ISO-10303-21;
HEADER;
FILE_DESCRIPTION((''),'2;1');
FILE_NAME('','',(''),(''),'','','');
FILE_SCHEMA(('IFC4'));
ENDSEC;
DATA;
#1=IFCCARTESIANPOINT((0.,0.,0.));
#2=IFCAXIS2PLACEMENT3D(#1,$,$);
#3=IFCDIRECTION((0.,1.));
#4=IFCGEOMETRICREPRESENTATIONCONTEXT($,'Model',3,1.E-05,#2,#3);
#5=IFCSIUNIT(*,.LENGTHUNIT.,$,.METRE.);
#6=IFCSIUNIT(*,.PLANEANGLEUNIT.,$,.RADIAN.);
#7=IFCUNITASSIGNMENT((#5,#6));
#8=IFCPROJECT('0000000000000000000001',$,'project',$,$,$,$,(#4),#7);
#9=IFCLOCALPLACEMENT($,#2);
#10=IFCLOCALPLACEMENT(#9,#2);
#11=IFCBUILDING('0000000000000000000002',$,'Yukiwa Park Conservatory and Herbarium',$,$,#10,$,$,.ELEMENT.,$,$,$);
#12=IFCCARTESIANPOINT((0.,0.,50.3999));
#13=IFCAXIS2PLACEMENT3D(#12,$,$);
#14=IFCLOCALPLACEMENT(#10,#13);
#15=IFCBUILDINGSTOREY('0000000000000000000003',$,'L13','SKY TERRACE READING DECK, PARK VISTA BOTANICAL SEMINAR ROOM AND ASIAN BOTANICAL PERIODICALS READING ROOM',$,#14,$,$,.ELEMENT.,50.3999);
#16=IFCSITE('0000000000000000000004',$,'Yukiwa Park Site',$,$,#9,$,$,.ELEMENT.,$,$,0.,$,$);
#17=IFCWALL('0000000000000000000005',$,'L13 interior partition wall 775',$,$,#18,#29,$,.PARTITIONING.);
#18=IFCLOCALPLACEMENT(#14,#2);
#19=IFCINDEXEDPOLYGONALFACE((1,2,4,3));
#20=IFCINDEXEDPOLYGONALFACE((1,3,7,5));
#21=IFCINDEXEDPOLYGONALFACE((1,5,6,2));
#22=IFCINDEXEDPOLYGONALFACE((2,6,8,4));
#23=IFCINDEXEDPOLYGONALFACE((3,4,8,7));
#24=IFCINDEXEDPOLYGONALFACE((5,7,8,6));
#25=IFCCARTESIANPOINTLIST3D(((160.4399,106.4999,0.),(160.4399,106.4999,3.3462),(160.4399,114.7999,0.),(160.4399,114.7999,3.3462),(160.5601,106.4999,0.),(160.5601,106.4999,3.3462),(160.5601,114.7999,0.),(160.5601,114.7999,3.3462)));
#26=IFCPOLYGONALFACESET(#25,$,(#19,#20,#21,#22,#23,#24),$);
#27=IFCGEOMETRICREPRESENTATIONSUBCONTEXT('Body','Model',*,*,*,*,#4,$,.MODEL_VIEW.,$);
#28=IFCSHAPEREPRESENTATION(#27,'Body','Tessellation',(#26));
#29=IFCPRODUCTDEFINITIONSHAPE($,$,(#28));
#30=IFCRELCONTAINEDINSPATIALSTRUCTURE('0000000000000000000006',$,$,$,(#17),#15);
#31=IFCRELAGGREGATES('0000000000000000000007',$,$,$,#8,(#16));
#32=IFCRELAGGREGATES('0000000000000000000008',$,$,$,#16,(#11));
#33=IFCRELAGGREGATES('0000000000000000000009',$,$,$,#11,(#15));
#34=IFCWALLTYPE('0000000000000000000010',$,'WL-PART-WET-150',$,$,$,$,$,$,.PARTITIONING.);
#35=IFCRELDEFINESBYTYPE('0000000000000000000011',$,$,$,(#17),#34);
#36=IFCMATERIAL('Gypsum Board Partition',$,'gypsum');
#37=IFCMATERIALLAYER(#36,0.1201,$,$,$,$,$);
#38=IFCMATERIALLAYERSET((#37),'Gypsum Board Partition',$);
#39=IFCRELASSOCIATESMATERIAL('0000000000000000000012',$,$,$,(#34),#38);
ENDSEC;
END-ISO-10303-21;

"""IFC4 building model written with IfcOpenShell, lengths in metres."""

from ifc_helpers import new_model, si_unit, direction, frame, frame_2d, origin, place, context, subcontext, project, spatial, rectangle, extrude, material, layer, layer_set, type_object, element, save


model = new_model("IFC4")

# Units and contexts
model_context = context("Model", 3, precision=1e-05, world=origin(), true_north=direction((0.0, 1.0)))
body_context = subcontext(model_context, "Body", "Model", "MODEL_VIEW")
ifc_project = project(units=[si_unit("LENGTHUNIT", "METRE"), si_unit("PLANEANGLEUNIT", "RADIAN")], contexts=[model_context])

# Site, building, storey
site_placement = place(None, origin())
site = spatial("IfcSite", under=ifc_project, at=site_placement, Name="Yukiwa Park Site", CompositionType="ELEMENT", RefElevation=0.0)
building_placement = place(site_placement, origin())
building = spatial("IfcBuilding", under=site, at=building_placement, Name="Yukiwa Park Conservatory and Herbarium", CompositionType="ELEMENT")
storey_placement = place(building_placement, frame((0.0, 0.0, 50.3999)))
storey = spatial("IfcBuildingStorey", under=building, at=storey_placement, Name="L13", Description="SKY TERRACE READING DECK, PARK VISTA BOTANICAL SEMINAR ROOM AND ASIAN BOTANICAL PERIODICALS READING ROOM", CompositionType="ELEMENT", Elevation=50.3999)

# Shared definitions
ifc_material_1 = material(Name="Gypsum Board Partition", Category="gypsum")
ifc_layer_1 = layer(ifc_material_1, 0.1201)
ifc_layer_set_1 = layer_set([ifc_layer_1], Name="Gypsum Board Partition")
wall_type_1 = type_object("IfcWallType", Name="WL-PART-WET-150", PredefinedType="PARTITIONING", material=ifc_layer_set_1)

# Wall
wall_1_placement = place(storey_placement, frame((160.5, 106.5, 0.0), z_axis=(0.0, 0.0, 1.0), x_axis=(0.0, 1.0, 0.0)))
element("IfcWall", 1, at=wall_1_placement, inside=storey, type_object=wall_type_1, Name="L13 interior partition wall 775", PredefinedType="PARTITIONING", context=body_context, shape_type="SweptSolid", body=[
    extrude(rectangle(XDim=8.3, YDim=0.1201, at=frame_2d((4.1499, 0.0))), origin(), (0.0, 0.0, 1.0), 3.3462),
])

save(model, "model.ifc")
